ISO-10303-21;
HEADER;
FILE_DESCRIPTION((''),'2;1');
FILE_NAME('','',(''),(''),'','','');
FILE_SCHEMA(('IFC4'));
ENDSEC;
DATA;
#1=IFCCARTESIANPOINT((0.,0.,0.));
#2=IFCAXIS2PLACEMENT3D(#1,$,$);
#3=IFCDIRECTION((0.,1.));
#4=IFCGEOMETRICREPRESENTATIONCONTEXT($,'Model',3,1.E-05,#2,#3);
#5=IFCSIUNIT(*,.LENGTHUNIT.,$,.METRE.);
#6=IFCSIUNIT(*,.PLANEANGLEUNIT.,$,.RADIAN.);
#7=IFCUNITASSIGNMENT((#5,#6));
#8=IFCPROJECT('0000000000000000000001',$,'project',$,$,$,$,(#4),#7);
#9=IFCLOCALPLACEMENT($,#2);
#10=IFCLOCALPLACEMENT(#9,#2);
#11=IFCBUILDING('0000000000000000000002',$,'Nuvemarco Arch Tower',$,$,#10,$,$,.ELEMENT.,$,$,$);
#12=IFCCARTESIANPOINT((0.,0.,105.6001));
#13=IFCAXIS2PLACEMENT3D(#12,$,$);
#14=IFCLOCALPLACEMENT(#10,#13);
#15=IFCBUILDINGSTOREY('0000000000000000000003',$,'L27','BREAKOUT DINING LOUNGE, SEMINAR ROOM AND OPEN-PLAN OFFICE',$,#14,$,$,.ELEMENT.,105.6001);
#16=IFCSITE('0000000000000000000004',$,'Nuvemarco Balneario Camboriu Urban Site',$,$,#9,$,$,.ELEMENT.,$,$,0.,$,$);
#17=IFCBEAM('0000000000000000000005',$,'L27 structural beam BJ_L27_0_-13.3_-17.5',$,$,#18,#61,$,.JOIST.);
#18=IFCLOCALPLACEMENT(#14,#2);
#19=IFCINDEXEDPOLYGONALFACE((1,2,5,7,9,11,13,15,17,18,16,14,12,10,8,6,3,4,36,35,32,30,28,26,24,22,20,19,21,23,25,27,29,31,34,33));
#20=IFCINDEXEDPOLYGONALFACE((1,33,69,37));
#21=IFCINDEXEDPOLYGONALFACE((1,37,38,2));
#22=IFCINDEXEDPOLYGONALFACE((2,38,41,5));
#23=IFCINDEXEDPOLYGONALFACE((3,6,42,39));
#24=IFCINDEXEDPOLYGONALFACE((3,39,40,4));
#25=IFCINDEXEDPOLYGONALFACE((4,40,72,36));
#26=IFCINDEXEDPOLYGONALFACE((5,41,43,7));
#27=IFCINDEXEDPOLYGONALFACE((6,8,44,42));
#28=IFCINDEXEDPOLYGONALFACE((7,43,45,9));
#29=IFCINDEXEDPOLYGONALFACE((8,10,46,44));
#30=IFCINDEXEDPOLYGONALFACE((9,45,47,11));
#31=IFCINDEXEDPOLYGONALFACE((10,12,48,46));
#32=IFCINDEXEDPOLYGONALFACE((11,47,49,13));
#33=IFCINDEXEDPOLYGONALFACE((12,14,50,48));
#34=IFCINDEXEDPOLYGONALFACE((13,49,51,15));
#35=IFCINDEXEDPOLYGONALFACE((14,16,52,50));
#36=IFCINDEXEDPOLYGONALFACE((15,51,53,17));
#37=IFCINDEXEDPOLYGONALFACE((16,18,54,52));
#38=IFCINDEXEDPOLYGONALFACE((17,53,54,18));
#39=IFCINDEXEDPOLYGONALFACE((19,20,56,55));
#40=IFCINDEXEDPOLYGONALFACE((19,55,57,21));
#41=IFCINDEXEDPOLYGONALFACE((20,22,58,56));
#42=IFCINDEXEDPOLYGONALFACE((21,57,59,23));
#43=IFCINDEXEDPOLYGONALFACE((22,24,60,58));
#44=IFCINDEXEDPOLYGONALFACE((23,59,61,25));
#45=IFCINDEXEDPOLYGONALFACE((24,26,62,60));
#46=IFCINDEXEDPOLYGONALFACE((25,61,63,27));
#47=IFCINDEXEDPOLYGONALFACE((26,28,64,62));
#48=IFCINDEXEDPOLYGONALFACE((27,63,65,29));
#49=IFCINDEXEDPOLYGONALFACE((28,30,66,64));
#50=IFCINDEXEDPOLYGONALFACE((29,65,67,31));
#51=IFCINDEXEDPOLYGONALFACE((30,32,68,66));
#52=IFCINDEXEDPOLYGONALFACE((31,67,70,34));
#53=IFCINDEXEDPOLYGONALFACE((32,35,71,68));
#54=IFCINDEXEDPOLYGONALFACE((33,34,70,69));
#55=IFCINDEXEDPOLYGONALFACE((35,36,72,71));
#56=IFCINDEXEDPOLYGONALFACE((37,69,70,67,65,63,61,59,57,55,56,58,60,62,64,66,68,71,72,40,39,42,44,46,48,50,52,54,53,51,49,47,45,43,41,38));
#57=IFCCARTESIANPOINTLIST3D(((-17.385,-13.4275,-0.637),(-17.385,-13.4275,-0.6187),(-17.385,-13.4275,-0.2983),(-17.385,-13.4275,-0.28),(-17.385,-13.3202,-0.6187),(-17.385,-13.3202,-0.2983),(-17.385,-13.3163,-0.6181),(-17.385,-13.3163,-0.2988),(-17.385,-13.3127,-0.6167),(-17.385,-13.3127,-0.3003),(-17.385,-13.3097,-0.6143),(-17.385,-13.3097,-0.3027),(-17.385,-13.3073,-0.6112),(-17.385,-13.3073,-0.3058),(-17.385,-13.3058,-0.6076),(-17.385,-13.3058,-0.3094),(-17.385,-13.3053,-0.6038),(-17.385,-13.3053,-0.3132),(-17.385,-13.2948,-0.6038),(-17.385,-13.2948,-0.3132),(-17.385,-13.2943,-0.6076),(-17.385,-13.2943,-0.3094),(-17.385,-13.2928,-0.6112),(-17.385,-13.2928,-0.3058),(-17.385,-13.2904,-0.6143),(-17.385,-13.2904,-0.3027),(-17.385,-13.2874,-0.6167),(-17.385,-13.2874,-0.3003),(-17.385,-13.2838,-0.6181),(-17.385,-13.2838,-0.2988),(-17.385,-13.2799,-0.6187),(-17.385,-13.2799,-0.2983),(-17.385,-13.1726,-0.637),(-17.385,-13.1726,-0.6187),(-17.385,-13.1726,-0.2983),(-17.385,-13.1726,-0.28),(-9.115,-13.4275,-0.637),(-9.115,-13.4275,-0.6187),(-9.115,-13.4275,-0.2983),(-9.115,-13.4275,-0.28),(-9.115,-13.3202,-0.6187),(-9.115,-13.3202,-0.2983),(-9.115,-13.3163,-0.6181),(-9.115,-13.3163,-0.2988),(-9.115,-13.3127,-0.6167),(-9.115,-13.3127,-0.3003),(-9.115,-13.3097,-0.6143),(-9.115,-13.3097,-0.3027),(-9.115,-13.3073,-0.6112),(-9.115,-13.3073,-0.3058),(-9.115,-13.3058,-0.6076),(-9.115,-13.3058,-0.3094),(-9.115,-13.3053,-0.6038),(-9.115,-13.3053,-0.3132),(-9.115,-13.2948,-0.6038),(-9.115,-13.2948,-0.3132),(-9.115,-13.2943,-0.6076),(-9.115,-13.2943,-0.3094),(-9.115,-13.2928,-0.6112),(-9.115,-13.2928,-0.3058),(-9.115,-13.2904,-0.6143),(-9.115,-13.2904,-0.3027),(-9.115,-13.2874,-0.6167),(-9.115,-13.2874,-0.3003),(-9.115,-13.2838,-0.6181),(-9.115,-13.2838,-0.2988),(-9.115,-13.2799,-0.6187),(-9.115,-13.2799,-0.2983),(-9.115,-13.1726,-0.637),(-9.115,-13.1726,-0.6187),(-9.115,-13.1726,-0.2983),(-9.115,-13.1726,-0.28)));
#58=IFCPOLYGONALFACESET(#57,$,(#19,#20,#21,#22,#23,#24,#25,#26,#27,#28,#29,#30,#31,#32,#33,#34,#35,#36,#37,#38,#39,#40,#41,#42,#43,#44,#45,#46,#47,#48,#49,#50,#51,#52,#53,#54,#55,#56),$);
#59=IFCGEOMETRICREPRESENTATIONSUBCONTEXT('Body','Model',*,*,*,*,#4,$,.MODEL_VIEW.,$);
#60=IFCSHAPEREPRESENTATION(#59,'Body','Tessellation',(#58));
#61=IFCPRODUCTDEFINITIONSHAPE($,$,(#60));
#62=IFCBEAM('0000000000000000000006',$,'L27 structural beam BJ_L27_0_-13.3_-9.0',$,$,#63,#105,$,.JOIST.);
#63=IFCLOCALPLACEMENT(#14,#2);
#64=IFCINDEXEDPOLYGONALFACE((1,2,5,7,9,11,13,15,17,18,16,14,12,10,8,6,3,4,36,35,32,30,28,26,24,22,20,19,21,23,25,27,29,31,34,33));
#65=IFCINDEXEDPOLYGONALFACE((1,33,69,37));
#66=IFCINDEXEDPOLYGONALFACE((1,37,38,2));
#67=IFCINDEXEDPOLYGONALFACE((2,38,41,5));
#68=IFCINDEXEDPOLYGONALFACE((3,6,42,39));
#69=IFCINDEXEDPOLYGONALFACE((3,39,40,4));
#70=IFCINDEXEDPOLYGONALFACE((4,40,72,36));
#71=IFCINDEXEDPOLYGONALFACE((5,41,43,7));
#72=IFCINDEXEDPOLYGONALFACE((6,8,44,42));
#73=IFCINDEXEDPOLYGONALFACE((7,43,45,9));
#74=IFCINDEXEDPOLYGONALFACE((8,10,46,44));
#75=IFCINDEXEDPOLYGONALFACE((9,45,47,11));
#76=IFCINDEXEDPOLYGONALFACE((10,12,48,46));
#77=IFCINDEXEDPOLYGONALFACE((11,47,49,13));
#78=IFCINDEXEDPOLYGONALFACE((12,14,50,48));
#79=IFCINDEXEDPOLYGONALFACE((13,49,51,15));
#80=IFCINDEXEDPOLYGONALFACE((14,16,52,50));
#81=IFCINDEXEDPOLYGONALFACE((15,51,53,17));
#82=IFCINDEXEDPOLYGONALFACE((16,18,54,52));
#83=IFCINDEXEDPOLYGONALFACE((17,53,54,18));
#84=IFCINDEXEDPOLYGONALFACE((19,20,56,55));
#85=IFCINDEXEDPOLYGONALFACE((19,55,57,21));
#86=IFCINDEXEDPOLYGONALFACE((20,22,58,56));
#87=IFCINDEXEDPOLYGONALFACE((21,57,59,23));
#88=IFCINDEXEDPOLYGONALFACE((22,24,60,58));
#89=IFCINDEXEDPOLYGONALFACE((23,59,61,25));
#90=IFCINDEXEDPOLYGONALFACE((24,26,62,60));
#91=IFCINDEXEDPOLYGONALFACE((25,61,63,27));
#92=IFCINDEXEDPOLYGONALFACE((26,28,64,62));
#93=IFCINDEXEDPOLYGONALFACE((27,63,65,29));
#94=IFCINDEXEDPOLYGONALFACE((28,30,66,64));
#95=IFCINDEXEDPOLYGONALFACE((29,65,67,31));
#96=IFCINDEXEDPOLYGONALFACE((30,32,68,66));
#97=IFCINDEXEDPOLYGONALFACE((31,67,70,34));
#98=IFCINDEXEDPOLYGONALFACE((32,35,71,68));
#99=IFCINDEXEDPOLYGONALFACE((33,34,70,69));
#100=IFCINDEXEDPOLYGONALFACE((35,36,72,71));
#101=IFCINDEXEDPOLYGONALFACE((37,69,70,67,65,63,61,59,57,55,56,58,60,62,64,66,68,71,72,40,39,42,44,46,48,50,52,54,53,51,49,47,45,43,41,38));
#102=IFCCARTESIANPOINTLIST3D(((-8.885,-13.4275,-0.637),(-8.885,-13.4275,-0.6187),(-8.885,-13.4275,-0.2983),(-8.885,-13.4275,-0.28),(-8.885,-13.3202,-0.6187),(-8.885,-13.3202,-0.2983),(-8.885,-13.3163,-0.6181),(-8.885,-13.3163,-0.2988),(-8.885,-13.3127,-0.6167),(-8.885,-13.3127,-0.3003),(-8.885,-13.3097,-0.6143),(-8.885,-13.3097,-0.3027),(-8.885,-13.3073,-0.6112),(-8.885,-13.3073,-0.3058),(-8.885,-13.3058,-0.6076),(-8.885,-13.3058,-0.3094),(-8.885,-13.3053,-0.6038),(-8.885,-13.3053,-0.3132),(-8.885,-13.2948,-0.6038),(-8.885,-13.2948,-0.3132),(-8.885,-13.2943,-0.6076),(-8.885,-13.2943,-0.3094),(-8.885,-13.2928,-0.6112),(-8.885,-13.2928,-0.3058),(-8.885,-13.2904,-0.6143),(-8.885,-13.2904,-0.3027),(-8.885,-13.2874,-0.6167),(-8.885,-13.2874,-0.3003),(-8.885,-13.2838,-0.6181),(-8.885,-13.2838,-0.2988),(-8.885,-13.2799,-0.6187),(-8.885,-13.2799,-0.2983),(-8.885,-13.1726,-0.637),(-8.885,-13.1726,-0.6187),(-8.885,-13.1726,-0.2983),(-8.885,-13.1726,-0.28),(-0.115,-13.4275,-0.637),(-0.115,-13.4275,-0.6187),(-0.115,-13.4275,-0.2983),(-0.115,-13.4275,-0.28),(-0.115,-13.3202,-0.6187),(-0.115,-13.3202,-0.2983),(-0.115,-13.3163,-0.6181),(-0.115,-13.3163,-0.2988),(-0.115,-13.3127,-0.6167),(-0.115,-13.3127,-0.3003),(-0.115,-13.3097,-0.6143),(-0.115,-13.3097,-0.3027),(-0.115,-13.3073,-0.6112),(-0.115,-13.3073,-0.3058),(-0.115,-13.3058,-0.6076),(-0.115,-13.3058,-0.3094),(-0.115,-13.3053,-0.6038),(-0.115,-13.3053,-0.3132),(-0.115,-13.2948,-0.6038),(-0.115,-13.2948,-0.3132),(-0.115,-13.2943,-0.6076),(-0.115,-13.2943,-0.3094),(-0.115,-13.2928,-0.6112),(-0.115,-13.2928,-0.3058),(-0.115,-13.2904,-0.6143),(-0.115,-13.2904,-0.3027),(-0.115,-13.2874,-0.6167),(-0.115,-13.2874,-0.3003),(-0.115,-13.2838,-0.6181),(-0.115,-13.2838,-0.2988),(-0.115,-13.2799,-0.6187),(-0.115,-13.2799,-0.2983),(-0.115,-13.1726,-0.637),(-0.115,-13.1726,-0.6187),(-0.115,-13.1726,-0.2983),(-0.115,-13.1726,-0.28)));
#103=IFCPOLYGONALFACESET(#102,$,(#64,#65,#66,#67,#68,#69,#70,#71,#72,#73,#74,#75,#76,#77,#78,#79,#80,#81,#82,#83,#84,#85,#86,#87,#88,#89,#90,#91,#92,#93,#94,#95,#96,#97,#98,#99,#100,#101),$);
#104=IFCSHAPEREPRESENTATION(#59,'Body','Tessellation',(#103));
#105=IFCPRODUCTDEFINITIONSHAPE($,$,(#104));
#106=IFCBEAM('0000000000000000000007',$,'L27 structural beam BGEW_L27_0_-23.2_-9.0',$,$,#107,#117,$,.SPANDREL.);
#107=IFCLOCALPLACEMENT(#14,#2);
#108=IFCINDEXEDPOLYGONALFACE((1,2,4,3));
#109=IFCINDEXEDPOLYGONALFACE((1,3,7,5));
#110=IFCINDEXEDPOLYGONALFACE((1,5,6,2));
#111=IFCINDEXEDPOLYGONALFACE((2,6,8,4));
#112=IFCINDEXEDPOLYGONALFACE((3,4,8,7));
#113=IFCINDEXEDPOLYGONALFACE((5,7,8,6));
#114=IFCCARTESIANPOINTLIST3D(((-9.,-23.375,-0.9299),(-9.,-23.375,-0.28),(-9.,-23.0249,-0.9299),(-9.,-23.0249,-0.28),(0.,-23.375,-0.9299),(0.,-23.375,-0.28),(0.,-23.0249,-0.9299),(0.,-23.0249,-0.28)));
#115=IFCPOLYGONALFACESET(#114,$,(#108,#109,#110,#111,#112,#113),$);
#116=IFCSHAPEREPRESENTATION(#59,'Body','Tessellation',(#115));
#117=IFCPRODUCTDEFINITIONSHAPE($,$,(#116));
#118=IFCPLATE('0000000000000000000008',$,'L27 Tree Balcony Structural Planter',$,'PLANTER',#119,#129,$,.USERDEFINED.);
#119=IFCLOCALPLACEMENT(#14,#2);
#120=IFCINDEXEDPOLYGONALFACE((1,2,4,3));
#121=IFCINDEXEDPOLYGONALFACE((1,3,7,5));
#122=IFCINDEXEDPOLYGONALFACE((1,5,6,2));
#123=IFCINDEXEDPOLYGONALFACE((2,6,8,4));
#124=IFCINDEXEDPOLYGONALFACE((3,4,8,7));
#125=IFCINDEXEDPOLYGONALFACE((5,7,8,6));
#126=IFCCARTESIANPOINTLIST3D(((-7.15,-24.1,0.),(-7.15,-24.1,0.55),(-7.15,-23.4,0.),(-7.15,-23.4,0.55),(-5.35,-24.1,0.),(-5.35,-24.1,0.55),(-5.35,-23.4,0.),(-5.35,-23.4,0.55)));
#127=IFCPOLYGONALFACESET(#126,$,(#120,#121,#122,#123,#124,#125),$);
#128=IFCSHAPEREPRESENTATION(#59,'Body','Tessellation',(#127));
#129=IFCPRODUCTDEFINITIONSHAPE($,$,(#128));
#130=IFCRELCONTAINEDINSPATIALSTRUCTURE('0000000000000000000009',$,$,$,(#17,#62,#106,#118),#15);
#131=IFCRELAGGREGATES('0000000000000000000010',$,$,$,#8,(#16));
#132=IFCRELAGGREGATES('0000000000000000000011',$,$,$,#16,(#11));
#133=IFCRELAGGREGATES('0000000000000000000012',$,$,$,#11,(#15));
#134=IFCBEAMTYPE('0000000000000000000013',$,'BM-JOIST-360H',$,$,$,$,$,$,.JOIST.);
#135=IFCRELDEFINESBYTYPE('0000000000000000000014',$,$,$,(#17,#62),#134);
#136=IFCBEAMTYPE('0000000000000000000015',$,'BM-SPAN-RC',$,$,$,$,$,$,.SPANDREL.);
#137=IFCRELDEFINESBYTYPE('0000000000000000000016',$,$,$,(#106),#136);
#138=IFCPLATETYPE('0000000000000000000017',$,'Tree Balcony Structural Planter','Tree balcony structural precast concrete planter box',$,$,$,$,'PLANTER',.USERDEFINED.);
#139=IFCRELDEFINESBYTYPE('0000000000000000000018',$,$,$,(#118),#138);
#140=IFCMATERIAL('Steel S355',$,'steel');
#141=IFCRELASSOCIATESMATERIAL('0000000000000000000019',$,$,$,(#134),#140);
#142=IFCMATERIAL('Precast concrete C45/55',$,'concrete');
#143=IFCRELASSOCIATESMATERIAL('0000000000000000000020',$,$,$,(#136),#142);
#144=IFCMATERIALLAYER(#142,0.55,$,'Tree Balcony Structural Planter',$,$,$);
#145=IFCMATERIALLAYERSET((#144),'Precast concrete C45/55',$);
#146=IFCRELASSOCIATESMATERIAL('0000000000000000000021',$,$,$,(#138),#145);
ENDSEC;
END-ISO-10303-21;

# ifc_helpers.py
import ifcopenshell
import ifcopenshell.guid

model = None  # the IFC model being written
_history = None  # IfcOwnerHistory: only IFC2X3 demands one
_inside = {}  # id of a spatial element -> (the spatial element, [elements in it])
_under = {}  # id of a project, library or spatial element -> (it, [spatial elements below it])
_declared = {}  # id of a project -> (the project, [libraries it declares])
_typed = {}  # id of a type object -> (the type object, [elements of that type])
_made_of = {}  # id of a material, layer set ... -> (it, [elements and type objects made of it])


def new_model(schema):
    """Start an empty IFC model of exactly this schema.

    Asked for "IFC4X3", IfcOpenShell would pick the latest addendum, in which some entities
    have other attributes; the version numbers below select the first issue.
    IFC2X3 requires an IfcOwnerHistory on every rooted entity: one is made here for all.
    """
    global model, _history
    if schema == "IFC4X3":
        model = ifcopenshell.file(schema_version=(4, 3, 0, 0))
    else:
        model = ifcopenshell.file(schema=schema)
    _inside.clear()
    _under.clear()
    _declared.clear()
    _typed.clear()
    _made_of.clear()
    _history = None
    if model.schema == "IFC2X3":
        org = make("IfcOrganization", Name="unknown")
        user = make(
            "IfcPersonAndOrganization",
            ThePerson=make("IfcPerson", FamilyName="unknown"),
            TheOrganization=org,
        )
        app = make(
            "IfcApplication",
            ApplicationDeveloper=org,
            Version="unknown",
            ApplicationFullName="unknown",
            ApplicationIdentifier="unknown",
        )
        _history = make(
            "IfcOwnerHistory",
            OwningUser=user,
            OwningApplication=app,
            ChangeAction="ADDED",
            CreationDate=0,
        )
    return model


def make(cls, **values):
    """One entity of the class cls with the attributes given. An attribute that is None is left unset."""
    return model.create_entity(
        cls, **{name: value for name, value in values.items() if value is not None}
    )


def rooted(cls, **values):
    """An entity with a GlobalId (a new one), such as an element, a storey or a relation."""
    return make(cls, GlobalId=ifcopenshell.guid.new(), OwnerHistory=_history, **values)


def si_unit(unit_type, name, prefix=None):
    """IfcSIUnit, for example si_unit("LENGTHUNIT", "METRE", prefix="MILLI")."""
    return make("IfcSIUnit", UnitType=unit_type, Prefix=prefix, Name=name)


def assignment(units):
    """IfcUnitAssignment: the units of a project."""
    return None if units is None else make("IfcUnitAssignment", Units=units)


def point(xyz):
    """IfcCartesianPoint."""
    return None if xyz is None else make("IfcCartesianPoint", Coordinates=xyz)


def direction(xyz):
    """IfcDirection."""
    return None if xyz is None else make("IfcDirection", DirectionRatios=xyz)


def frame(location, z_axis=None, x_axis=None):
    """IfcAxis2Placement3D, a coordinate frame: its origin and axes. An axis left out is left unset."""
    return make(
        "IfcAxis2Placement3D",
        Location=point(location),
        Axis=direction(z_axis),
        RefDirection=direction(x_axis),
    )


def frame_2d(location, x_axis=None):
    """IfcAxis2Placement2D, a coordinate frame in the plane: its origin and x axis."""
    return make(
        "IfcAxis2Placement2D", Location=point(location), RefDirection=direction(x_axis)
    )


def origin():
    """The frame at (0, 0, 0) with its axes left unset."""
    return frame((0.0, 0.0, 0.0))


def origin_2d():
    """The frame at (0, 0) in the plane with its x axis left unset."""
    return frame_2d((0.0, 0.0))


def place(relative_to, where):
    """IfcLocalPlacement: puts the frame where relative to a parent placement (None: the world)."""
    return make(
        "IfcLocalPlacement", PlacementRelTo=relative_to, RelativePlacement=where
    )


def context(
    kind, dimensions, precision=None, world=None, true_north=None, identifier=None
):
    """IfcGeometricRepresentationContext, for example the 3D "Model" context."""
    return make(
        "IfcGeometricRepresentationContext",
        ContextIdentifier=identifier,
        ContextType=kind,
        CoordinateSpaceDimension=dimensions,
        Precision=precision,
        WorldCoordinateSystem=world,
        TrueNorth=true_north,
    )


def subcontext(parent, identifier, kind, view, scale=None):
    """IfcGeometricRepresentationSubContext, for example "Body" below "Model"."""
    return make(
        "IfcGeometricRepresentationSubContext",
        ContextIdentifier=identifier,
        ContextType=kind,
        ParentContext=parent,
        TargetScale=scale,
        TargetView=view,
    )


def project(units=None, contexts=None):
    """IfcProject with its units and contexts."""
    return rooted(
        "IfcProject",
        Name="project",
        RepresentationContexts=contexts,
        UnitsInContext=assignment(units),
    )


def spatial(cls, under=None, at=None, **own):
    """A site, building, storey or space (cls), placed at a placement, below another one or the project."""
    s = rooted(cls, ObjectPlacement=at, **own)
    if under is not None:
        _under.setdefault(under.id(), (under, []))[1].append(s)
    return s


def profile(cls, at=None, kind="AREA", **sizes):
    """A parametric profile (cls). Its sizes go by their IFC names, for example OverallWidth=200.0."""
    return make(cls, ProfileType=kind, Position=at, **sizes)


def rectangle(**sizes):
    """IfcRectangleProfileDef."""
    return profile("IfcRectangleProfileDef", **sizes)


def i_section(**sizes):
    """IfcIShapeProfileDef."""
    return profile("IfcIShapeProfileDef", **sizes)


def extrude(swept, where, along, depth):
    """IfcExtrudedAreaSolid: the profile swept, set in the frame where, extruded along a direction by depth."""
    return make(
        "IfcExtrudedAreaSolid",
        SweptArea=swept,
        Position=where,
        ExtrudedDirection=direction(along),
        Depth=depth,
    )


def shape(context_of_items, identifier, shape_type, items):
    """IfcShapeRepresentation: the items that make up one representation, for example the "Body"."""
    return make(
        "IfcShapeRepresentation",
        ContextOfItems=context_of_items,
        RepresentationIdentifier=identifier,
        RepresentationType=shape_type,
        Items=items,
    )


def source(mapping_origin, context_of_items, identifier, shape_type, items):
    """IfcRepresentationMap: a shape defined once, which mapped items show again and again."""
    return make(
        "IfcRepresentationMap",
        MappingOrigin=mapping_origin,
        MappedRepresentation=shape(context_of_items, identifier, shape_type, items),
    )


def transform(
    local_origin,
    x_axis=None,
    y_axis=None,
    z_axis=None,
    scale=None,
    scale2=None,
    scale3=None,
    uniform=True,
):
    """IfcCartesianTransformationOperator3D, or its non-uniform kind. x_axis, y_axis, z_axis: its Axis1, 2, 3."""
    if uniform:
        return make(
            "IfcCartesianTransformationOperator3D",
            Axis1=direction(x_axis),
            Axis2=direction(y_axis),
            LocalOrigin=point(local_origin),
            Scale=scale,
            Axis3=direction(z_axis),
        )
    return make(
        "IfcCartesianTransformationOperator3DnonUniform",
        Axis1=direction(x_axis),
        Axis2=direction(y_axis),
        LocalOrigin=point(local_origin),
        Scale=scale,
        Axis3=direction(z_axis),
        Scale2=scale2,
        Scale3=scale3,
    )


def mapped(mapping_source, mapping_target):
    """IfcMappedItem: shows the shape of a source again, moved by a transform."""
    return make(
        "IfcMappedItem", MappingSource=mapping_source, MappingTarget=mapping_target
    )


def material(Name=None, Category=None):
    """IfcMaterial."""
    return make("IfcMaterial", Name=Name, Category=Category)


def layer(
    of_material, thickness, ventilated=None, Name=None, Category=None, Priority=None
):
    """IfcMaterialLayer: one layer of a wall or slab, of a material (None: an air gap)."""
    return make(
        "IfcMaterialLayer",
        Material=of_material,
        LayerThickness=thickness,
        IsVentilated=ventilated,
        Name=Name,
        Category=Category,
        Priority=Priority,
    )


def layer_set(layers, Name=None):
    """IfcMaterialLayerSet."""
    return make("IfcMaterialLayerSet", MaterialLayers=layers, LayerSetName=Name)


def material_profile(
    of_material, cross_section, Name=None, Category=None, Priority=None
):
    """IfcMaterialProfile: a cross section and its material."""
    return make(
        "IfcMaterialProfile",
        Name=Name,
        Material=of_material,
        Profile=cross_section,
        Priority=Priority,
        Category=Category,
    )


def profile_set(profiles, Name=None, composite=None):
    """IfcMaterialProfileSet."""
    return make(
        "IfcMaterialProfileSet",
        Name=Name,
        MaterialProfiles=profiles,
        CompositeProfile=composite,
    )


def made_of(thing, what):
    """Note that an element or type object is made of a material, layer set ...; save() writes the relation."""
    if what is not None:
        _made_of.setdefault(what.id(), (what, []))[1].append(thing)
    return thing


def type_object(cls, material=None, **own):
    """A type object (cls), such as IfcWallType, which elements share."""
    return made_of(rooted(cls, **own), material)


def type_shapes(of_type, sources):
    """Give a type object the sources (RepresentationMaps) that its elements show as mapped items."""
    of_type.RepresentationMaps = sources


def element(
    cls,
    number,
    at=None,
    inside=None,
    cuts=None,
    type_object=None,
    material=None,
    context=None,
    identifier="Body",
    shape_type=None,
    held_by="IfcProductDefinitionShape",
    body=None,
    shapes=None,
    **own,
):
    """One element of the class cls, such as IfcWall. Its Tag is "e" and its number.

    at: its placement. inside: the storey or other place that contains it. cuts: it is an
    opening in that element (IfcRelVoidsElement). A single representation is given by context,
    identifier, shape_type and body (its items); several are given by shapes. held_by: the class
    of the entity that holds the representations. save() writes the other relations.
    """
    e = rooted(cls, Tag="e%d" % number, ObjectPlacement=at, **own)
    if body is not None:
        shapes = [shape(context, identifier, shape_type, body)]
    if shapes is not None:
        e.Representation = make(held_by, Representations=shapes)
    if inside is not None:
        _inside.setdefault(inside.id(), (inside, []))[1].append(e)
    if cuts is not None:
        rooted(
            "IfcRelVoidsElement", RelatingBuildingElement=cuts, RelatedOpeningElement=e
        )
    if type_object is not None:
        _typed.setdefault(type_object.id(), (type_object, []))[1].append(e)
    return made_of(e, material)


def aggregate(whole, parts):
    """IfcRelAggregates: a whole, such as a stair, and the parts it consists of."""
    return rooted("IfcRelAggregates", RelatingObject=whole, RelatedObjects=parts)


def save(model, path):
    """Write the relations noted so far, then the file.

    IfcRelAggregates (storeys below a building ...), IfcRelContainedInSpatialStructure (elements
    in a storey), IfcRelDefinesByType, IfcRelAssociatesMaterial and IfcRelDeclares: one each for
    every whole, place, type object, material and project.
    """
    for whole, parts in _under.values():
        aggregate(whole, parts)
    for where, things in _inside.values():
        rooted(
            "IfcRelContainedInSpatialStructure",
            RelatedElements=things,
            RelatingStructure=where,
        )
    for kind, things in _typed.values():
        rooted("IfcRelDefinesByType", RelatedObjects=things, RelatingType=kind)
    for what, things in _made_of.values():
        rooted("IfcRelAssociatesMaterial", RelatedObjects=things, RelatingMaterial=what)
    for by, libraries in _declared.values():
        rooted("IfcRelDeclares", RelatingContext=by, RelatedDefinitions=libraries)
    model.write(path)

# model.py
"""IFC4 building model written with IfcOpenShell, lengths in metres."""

from ifc_helpers import new_model, si_unit, direction, frame, origin, origin_2d, place, context, subcontext, project, spatial, rectangle, i_section, extrude, source, transform, mapped, material, layer, layer_set, material_profile, profile_set, type_object, type_shapes, element, save


model = new_model("IFC4")

# Units and contexts
model_context = context("Model", 3, precision=1e-05, world=origin(), true_north=direction((0.0, 1.0)))
body_context = subcontext(model_context, "Body", "Model", "MODEL_VIEW")
ifc_project = project(units=[si_unit("LENGTHUNIT", "METRE"), si_unit("PLANEANGLEUNIT", "RADIAN")], contexts=[model_context])

# Site, building, storey
site_placement = place(None, origin())
site = spatial("IfcSite", under=ifc_project, at=site_placement, Name="Nuvemarco Balneario Camboriu Urban Site", CompositionType="ELEMENT", RefElevation=0.0)
building_placement = place(site_placement, origin())
building = spatial("IfcBuilding", under=site, at=building_placement, Name="Nuvemarco Arch Tower", CompositionType="ELEMENT")
storey_placement = place(building_placement, frame((0.0, 0.0, 105.6001)))
storey = spatial("IfcBuildingStorey", under=building, at=storey_placement, Name="L27", Description="BREAKOUT DINING LOUNGE, SEMINAR ROOM AND OPEN-PLAN OFFICE", CompositionType="ELEMENT", Elevation=105.6001)

# Shared definitions
ifc_material_1 = material(Name="Steel S355", Category="steel")

# Beams
ifc_material_profile_1 = material_profile(ifc_material_1, i_section(OverallWidth=0.2549, OverallDepth=0.3569, WebThickness=0.0105, FlangeThickness=0.0183, FilletRadius=0.0149, at=origin_2d()), Name="W360x101")
ifc_profile_set_1 = profile_set([ifc_material_profile_1], Name="Steel S355")
beam_type_1 = type_object("IfcBeamType", Name="BM-JOIST-360H", PredefinedType="JOIST", material=ifc_profile_set_1)
beam_1_placement = place(storey_placement, frame((-17.385, -13.3, -0.4585), z_axis=(1.0, 0.0, 0.0), x_axis=(0.0, 1.0, 0.0)))
element("IfcBeam", 1, at=beam_1_placement, inside=storey, type_object=beam_type_1, Name="L27 structural beam BJ_L27_0_-13.3_-17.5", PredefinedType="JOIST", context=body_context, shape_type="SweptSolid", body=[
    extrude(i_section(OverallWidth=0.2549, OverallDepth=0.3569, WebThickness=0.0105, FlangeThickness=0.0183, FilletRadius=0.0149, at=origin_2d()), origin(), (0.0, 0.0, 1.0), 8.27),
])
beam_2_placement = place(storey_placement, frame((-8.885, -13.3, -0.4585), z_axis=(1.0, 0.0, 0.0), x_axis=(0.0, 1.0, 0.0)))
element("IfcBeam", 2, at=beam_2_placement, inside=storey, type_object=beam_type_1, Name="L27 structural beam BJ_L27_0_-13.3_-9.0", PredefinedType="JOIST", context=body_context, shape_type="SweptSolid", body=[
    extrude(i_section(OverallWidth=0.2549, OverallDepth=0.3569, WebThickness=0.0105, FlangeThickness=0.0183, FilletRadius=0.0149, at=origin_2d()), origin(), (0.0, 0.0, 1.0), 8.77),
])
ifc_material_2 = material(Name="Precast concrete C45/55", Category="concrete")
ifc_material_profile_2 = material_profile(ifc_material_2, rectangle(XDim=0.3501, YDim=0.6499, at=origin_2d()), Name="PC-SP-350x650")
ifc_profile_set_2 = profile_set([ifc_material_profile_2], Name="Precast concrete C45/55")
beam_type_2 = type_object("IfcBeamType", Name="BM-SPAN-RC", PredefinedType="SPANDREL", material=ifc_profile_set_2)
beam_3_placement = place(storey_placement, frame((-9.0, -23.2, -0.605), z_axis=(1.0, 0.0, 0.0), x_axis=(0.0, 1.0, 0.0)))
element("IfcBeam", 3, at=beam_3_placement, inside=storey, type_object=beam_type_2, Name="L27 structural beam BGEW_L27_0_-23.2_-9.0", PredefinedType="SPANDREL", context=body_context, shape_type="SweptSolid", body=[
    extrude(rectangle(XDim=0.3501, YDim=0.6499, at=origin_2d()), origin(), (0.0, 0.0, 1.0), 9.0),
])

# Plate
ifc_layer_1 = layer(ifc_material_2, 0.55, Name="Tree Balcony Structural Planter")
ifc_layer_set_1 = layer_set([ifc_layer_1], Name="Precast concrete C45/55")
plate_type = type_object("IfcPlateType", Name="Tree Balcony Structural Planter", Description="Tree balcony structural precast concrete planter box", ElementType="PLANTER", PredefinedType="USERDEFINED", material=ifc_layer_set_1)
shared_shape_1 = source(origin(), body_context, "Body", "SweptSolid", [
    extrude(rectangle(XDim=1.8, YDim=0.7, at=origin_2d()), origin(), (0.0, 0.0, 1.0), 0.55),
])
type_shapes(plate_type, [shared_shape_1])
plate_placement = place(storey_placement, frame((-6.25, -23.75, 0.0), z_axis=(0.0, 0.0, 1.0), x_axis=(1.0, 0.0, 0.0)))
element("IfcPlate", 4, at=plate_placement, inside=storey, type_object=plate_type, Name="L27 Tree Balcony Structural Planter", ObjectType="PLANTER", PredefinedType="USERDEFINED", context=body_context, shape_type="MappedRepresentation", body=[
    mapped(shared_shape_1, transform((0.0, 0.0, 0.0), scale=1.0)),
])

save(model, "model.ifc")
